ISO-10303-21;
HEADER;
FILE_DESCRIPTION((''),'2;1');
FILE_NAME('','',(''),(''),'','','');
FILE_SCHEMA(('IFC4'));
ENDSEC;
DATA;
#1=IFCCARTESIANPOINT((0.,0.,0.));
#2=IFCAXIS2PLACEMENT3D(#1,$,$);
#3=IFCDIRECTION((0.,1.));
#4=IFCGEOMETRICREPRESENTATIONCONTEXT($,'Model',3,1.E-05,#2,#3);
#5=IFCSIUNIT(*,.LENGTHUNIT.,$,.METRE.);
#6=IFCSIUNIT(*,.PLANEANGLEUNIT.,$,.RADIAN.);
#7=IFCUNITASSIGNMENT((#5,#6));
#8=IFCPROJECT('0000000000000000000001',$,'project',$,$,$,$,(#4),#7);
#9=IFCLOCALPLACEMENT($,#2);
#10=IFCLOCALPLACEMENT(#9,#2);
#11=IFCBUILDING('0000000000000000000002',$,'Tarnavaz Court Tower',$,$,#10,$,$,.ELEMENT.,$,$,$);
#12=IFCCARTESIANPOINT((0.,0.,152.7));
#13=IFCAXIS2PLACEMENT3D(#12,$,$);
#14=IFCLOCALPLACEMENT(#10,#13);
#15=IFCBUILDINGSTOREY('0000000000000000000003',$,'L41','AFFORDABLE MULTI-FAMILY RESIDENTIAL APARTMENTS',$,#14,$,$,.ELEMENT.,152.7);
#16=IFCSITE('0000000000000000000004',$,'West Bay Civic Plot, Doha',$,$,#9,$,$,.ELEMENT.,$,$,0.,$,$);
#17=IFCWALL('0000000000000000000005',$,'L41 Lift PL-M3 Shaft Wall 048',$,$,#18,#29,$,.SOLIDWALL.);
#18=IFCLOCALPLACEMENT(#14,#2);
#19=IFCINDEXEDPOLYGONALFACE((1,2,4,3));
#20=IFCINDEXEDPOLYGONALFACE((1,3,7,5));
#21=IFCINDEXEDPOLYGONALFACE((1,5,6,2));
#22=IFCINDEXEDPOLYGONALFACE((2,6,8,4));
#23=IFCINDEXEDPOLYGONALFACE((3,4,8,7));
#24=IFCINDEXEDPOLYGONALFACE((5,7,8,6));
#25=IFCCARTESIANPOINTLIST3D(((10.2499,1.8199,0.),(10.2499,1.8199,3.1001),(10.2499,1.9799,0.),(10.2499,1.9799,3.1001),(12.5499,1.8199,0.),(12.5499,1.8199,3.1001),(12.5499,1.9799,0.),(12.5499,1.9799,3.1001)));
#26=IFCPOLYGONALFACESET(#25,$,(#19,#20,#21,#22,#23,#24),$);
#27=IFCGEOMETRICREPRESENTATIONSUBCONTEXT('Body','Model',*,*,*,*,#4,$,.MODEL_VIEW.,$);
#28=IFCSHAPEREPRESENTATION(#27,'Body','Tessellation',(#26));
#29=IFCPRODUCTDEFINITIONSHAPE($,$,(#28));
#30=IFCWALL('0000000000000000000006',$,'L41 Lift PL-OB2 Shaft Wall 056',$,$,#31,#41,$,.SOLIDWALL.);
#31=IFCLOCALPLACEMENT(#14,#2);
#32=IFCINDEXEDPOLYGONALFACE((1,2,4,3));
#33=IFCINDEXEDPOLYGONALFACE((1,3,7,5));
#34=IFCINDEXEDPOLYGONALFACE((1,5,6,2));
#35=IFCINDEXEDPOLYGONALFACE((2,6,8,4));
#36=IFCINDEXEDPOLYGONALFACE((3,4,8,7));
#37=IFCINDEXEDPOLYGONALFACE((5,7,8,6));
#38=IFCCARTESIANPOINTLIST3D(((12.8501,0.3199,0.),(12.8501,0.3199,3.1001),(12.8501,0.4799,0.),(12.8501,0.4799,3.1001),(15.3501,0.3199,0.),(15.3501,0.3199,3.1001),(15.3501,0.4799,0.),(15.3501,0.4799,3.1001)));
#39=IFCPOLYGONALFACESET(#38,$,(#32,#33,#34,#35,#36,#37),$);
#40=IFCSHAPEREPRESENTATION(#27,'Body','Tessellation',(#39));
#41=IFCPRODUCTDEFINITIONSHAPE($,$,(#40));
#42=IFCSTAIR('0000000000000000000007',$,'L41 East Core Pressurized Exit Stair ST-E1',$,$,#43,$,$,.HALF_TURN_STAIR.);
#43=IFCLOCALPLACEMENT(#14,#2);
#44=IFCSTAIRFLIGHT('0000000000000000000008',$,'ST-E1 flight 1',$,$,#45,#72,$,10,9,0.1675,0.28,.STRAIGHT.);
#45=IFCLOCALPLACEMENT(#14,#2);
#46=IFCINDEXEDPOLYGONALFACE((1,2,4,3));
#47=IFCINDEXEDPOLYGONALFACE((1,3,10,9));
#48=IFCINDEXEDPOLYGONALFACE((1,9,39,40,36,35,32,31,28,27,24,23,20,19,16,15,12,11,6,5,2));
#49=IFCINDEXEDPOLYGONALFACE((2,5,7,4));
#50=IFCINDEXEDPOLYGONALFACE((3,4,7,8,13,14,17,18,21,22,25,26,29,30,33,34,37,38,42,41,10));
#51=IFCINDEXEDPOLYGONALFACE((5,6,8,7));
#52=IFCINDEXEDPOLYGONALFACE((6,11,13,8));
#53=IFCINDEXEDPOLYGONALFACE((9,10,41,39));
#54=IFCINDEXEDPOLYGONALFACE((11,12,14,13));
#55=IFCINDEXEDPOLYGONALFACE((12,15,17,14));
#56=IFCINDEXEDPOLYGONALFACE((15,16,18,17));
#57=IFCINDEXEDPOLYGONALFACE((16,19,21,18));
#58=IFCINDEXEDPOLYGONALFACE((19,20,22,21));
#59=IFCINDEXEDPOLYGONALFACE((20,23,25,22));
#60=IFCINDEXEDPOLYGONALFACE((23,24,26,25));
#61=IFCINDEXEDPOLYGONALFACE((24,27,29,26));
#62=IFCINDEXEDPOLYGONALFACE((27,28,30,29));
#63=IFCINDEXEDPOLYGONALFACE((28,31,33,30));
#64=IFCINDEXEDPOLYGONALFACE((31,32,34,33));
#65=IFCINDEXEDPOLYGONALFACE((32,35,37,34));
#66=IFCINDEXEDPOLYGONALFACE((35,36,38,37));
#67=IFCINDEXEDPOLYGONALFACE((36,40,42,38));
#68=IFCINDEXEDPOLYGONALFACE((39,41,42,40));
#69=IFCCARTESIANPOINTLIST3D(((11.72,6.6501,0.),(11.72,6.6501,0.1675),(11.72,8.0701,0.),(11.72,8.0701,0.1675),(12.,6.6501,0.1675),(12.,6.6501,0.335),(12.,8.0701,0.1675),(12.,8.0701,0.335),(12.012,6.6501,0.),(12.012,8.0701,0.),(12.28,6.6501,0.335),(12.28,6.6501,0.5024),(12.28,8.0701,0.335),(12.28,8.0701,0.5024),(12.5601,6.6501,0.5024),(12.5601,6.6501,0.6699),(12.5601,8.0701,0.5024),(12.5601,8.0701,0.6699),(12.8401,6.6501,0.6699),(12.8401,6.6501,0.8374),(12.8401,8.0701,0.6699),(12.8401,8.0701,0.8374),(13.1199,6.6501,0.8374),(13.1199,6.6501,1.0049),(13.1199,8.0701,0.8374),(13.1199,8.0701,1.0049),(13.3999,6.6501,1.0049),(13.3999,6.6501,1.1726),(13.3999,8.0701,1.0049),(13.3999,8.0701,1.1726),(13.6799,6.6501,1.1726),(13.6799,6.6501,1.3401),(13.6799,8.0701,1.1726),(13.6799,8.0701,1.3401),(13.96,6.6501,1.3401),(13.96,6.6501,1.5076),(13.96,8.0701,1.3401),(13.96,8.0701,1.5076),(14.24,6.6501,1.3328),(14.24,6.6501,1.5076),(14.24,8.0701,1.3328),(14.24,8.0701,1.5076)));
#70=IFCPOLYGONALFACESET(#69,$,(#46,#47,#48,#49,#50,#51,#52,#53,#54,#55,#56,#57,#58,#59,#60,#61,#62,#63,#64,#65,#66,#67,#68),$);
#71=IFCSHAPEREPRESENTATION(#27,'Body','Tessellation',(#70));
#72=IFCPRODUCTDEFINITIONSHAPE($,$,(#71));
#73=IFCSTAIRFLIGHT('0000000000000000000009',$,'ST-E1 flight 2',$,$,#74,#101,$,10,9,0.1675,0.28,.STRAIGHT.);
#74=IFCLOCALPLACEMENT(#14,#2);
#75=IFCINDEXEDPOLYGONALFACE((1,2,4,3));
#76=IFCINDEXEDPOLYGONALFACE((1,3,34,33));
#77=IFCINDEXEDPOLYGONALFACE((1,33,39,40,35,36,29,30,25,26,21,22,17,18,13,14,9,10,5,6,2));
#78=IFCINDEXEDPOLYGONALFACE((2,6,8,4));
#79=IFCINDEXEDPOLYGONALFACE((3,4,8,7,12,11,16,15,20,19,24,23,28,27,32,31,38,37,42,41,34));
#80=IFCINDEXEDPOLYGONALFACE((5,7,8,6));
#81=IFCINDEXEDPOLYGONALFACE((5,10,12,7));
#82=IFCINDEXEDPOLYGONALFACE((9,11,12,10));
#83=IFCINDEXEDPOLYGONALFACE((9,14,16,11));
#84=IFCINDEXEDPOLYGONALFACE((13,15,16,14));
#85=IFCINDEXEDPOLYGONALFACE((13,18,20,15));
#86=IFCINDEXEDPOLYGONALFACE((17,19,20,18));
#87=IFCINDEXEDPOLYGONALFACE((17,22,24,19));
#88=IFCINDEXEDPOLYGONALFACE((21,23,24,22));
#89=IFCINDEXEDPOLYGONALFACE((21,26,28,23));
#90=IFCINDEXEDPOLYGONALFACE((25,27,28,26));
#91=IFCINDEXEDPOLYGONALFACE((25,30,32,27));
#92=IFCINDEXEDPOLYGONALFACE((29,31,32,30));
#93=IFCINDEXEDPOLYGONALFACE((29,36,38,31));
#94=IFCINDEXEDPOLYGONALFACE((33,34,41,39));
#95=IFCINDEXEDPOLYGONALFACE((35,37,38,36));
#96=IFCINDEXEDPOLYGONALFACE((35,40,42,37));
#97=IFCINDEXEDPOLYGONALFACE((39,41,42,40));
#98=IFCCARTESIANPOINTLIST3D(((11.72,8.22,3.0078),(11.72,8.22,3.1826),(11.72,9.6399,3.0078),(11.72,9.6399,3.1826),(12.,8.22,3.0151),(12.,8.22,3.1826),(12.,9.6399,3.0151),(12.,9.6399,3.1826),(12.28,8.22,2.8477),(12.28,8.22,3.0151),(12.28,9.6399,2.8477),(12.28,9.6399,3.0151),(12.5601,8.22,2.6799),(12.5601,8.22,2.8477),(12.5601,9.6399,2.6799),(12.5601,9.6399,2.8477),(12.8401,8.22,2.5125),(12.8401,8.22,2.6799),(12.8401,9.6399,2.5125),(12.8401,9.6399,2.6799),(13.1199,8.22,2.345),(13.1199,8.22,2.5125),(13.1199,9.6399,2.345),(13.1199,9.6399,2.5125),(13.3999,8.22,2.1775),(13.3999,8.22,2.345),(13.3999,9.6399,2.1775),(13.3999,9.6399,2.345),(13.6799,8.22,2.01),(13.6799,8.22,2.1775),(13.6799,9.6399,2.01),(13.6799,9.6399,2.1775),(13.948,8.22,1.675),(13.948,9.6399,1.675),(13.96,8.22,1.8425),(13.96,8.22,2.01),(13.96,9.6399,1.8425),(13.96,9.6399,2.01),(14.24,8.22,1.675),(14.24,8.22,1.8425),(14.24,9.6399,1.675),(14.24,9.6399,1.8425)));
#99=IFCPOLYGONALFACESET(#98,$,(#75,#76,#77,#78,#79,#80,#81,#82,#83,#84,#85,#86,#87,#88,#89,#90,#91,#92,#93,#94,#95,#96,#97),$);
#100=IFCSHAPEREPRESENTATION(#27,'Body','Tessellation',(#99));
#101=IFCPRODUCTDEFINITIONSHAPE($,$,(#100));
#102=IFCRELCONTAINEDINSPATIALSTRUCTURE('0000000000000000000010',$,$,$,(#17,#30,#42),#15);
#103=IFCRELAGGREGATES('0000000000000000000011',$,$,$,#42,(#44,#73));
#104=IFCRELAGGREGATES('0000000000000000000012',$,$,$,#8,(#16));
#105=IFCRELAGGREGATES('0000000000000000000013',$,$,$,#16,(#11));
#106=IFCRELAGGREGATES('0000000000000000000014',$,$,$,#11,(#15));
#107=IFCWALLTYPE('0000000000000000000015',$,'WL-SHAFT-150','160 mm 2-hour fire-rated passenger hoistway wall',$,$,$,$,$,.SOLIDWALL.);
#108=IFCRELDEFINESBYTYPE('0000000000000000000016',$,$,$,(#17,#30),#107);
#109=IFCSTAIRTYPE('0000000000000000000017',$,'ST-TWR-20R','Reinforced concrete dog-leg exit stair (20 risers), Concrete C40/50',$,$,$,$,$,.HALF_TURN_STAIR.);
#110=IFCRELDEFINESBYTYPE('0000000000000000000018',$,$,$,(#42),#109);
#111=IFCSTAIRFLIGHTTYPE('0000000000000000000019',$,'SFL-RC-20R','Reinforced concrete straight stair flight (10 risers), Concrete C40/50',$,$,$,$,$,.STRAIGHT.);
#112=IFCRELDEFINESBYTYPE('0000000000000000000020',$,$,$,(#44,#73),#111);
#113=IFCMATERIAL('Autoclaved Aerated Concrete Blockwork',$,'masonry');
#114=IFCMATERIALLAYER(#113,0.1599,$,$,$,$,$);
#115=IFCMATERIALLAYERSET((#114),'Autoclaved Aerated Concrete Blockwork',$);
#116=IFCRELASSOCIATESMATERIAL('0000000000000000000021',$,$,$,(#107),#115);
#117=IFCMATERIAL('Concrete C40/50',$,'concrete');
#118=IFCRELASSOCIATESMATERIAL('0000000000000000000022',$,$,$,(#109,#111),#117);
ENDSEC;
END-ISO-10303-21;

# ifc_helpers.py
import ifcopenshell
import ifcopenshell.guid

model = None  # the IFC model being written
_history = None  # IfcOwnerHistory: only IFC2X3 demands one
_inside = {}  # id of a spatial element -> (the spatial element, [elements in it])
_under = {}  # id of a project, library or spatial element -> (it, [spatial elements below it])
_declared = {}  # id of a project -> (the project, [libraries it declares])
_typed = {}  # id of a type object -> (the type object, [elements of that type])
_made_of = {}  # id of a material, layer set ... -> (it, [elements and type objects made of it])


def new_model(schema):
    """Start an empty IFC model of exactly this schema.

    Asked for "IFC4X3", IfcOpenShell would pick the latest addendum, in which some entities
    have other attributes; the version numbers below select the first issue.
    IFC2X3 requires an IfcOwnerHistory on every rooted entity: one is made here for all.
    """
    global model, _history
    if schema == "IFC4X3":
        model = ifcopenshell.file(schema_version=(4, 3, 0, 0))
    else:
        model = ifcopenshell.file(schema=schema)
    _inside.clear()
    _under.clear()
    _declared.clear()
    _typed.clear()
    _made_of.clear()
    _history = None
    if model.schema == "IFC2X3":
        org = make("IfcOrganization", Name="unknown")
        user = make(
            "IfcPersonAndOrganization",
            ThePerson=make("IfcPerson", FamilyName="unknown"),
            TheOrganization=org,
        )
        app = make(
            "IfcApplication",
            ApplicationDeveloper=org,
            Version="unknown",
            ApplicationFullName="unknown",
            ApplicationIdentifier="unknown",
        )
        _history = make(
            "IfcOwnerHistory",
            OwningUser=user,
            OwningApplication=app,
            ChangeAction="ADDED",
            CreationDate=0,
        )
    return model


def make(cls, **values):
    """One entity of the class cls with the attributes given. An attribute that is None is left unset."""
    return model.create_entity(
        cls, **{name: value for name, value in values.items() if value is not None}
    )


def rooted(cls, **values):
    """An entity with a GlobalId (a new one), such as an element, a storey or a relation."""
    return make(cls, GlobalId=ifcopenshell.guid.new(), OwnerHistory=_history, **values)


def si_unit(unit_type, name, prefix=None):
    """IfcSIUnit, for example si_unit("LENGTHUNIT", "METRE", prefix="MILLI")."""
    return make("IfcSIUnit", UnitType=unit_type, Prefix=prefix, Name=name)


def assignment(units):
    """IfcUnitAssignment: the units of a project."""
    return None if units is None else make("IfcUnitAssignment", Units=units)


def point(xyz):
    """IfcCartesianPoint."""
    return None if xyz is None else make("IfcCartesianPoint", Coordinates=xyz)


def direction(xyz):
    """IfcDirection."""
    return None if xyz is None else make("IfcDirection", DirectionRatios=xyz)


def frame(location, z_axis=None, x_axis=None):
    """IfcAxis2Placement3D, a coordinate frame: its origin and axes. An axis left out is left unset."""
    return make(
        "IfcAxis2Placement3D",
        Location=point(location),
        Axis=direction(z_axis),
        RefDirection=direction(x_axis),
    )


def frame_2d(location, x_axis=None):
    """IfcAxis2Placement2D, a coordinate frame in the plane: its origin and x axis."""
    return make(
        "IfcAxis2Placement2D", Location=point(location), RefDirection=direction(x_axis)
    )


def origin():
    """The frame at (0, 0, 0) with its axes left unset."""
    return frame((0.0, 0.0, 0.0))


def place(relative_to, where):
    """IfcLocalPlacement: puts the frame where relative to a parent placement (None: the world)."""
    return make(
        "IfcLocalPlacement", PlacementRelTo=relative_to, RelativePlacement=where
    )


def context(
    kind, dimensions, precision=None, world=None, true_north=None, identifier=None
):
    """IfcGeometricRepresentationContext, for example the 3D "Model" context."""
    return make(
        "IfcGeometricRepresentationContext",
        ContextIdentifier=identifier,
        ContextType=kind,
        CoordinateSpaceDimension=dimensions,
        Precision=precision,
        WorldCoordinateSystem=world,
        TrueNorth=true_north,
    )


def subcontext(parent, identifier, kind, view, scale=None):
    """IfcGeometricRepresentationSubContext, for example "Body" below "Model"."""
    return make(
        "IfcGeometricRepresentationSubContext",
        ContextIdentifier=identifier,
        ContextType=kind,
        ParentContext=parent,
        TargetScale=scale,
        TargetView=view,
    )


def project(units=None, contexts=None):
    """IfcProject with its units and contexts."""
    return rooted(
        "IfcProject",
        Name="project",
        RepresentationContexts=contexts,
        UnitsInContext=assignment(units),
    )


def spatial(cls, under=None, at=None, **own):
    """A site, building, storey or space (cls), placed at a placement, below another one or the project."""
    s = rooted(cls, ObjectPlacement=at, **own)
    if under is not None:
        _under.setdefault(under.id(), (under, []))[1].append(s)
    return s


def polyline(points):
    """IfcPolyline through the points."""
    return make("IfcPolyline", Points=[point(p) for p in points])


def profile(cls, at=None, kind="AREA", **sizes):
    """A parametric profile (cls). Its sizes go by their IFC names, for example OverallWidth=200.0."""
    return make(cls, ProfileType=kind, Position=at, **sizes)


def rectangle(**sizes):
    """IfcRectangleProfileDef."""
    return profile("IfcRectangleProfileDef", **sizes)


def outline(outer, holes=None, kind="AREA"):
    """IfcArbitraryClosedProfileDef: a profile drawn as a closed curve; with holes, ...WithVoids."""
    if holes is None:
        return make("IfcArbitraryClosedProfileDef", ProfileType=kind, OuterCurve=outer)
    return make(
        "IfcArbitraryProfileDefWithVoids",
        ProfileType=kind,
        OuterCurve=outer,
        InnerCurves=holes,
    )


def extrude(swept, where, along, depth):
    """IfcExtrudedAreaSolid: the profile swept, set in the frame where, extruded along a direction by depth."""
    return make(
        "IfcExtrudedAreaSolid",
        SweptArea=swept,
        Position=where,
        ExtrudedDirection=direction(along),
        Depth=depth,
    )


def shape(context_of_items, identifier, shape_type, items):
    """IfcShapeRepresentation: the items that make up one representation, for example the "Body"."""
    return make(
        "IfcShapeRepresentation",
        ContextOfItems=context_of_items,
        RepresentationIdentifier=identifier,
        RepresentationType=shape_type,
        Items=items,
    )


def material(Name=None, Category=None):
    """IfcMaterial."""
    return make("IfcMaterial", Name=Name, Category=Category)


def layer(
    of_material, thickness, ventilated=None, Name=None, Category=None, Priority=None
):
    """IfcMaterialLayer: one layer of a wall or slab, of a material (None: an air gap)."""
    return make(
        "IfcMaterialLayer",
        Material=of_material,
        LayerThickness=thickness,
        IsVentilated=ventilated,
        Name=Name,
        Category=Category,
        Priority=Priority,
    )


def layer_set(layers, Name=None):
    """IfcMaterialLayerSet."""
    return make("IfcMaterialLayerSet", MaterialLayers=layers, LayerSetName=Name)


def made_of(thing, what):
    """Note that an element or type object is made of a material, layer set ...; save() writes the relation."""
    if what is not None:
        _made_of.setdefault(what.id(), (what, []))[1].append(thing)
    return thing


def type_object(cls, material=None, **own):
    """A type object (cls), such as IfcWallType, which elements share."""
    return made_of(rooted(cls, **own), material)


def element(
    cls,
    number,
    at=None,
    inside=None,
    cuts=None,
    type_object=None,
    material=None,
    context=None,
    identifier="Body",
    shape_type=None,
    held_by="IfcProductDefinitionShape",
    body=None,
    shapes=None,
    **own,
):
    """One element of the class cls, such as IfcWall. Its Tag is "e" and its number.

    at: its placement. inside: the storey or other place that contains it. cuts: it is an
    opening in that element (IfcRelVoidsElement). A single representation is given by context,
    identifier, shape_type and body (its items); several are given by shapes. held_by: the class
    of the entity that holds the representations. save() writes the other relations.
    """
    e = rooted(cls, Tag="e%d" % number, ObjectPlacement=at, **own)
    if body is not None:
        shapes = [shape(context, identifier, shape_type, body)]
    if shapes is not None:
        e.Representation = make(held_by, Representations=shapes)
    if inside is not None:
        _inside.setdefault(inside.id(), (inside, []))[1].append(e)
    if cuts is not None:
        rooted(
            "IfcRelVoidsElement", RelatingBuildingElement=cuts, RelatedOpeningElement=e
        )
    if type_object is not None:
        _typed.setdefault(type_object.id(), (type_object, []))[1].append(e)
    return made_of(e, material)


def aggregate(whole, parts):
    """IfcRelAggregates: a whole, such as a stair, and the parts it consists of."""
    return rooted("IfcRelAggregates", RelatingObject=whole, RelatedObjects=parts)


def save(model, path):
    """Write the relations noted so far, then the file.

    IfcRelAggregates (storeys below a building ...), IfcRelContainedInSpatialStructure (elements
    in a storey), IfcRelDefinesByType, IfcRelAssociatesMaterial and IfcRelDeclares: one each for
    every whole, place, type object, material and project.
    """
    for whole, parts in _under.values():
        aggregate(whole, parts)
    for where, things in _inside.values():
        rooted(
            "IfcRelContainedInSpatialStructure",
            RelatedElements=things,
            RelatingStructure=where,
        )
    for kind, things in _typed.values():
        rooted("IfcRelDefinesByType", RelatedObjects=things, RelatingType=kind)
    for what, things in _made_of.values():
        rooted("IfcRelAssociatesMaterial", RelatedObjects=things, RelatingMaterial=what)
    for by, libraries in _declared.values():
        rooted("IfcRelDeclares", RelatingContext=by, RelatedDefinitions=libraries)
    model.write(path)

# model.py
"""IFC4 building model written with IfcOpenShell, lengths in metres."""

from ifc_helpers import new_model, si_unit, direction, frame, frame_2d, origin, place, context, subcontext, project, spatial, polyline, rectangle, outline, extrude, material, layer, layer_set, type_object, element, aggregate, save


model = new_model("IFC4")

# Units and contexts
model_context = context("Model", 3, precision=1e-05, world=origin(), true_north=direction((0.0, 1.0)))
body_context = subcontext(model_context, "Body", "Model", "MODEL_VIEW")
ifc_project = project(units=[si_unit("LENGTHUNIT", "METRE"), si_unit("PLANEANGLEUNIT", "RADIAN")], contexts=[model_context])

# Site, building, storey
site_placement = place(None, origin())
site = spatial("IfcSite", under=ifc_project, at=site_placement, Name="West Bay Civic Plot, Doha", CompositionType="ELEMENT", RefElevation=0.0)
building_placement = place(site_placement, origin())
building = spatial("IfcBuilding", under=site, at=building_placement, Name="Tarnavaz Court Tower", CompositionType="ELEMENT")
storey_placement = place(building_placement, frame((0.0, 0.0, 152.7)))
storey = spatial("IfcBuildingStorey", under=building, at=storey_placement, Name="L41", Description="AFFORDABLE MULTI-FAMILY RESIDENTIAL APARTMENTS", CompositionType="ELEMENT", Elevation=152.7)

# Shared definitions
ifc_material_1 = material(Name="Autoclaved Aerated Concrete Blockwork", Category="masonry")

# Walls
ifc_layer_1 = layer(ifc_material_1, 0.1599)
ifc_layer_set_1 = layer_set([ifc_layer_1], Name="Autoclaved Aerated Concrete Blockwork")
wall_type_1 = type_object("IfcWallType", Name="WL-SHAFT-150", Description="160 mm 2-hour fire-rated passenger hoistway wall", PredefinedType="SOLIDWALL", material=ifc_layer_set_1)
wall_1_placement = place(storey_placement, frame((10.25, 1.8999, 0.0), z_axis=(0.0, 0.0, 1.0), x_axis=(1.0, 0.0, 0.0)))
element("IfcWall", 1, at=wall_1_placement, inside=storey, type_object=wall_type_1, Name="L41 Lift PL-M3 Shaft Wall 048", PredefinedType="SOLIDWALL", context=body_context, shape_type="SweptSolid", body=[
    extrude(rectangle(XDim=2.3, YDim=0.1599, at=frame_2d((1.1499, 0.0))), origin(), (0.0, 0.0, 1.0), 3.1001),
])
wall_2_placement = place(storey_placement, frame((12.8501, 0.3999, 0.0), z_axis=(0.0, 0.0, 1.0), x_axis=(1.0, 0.0, 0.0)))
element("IfcWall", 2, at=wall_2_placement, inside=storey, type_object=wall_type_1, Name="L41 Lift PL-OB2 Shaft Wall 056", PredefinedType="SOLIDWALL", context=body_context, shape_type="SweptSolid", body=[
    extrude(rectangle(XDim=2.5, YDim=0.1599, at=frame_2d((1.25, 0.0))), origin(), (0.0, 0.0, 1.0), 3.1001),
])

# Stair, stair flights
ifc_material_2 = material(Name="Concrete C40/50", Category="concrete")
stair_type = type_object("IfcStairType", Name="ST-TWR-20R", Description="Reinforced concrete dog-leg exit stair (20 risers), Concrete C40/50", PredefinedType="HALF_TURN_STAIR", material=ifc_material_2)
stair_placement = place(storey_placement, origin())
stair = element("IfcStair", 3, at=stair_placement, inside=storey, type_object=stair_type, Name="L41 East Core Pressurized Exit Stair ST-E1", PredefinedType="HALF_TURN_STAIR")
stair_flight_type = type_object("IfcStairFlightType", Name="SFL-RC-20R", Description="Reinforced concrete straight stair flight (10 risers), Concrete C40/50", PredefinedType="STRAIGHT", material=ifc_material_2)
stair_flight_1_placement = place(storey_placement, frame((11.72, 7.3601, 0.0), z_axis=(0.0, 0.0, 1.0), x_axis=(1.0, 0.0, 0.0)))
stair_flight_1 = element("IfcStairFlight", 4, at=stair_flight_1_placement, type_object=stair_flight_type, Name="ST-E1 flight 1", NumberOfRisers=10, NumberOfTreads=9, PredefinedType="STRAIGHT", RiserHeight=0.1675, TreadLength=0.28, context=body_context, shape_type="SweptSolid", body=[
    extrude(outline(polyline([(0.0, 0.0), (0.0, 0.1675), (0.28, 0.1675), (0.28, 0.335), (0.5601, 0.335), (0.5601, 0.5024), (0.8401, 0.5024), (0.8401, 0.6699), (1.1201, 0.6699), (1.1201, 0.8374), (1.3999, 0.8374), (1.3999, 1.0049), (1.6799, 1.0049), (1.6799, 1.1726), (1.96, 1.1726), (1.96, 1.3401), (2.24, 1.3401), (2.24, 1.5076), (2.52, 1.5076), (2.52, 1.675), (2.52, 1.3328), (0.292, 0.0), (0.0, 0.0)])), frame((0.0, 0.71, 0.0), z_axis=(0.0, -1.0, 0.0), x_axis=(1.0, 0.0, 0.0)), (0.0, 0.0, 1.0), 1.4199),
])
stair_flight_2_placement = place(storey_placement, frame((14.24, 8.9299, 1.675), z_axis=(0.0, 0.0, 1.0), x_axis=(-1.0, 0.0, 0.0)))
stair_flight_2 = element("IfcStairFlight", 5, at=stair_flight_2_placement, type_object=stair_flight_type, Name="ST-E1 flight 2", NumberOfRisers=10, NumberOfTreads=9, PredefinedType="STRAIGHT", RiserHeight=0.1675, TreadLength=0.28, context=body_context, shape_type="SweptSolid", body=[
    extrude(outline(polyline([(0.0, 0.0), (0.0, 0.1675), (0.28, 0.1675), (0.28, 0.335), (0.5601, 0.335), (0.5601, 0.5024), (0.8401, 0.5024), (0.8401, 0.6699), (1.1201, 0.6699), (1.1201, 0.8374), (1.3999, 0.8374), (1.3999, 1.0049), (1.6799, 1.0049), (1.6799, 1.1726), (1.96, 1.1726), (1.96, 1.3401), (2.24, 1.3401), (2.24, 1.5076), (2.52, 1.5076), (2.52, 1.675), (2.52, 1.3328), (0.292, 0.0), (0.0, 0.0)])), frame((0.0, 0.71, 0.0), z_axis=(0.0, -1.0, 0.0), x_axis=(1.0, 0.0, 0.0)), (0.0, 0.0, 1.0), 1.4199),
])
aggregate(stair, [stair_flight_1, stair_flight_2])

save(model, "model.ifc")
